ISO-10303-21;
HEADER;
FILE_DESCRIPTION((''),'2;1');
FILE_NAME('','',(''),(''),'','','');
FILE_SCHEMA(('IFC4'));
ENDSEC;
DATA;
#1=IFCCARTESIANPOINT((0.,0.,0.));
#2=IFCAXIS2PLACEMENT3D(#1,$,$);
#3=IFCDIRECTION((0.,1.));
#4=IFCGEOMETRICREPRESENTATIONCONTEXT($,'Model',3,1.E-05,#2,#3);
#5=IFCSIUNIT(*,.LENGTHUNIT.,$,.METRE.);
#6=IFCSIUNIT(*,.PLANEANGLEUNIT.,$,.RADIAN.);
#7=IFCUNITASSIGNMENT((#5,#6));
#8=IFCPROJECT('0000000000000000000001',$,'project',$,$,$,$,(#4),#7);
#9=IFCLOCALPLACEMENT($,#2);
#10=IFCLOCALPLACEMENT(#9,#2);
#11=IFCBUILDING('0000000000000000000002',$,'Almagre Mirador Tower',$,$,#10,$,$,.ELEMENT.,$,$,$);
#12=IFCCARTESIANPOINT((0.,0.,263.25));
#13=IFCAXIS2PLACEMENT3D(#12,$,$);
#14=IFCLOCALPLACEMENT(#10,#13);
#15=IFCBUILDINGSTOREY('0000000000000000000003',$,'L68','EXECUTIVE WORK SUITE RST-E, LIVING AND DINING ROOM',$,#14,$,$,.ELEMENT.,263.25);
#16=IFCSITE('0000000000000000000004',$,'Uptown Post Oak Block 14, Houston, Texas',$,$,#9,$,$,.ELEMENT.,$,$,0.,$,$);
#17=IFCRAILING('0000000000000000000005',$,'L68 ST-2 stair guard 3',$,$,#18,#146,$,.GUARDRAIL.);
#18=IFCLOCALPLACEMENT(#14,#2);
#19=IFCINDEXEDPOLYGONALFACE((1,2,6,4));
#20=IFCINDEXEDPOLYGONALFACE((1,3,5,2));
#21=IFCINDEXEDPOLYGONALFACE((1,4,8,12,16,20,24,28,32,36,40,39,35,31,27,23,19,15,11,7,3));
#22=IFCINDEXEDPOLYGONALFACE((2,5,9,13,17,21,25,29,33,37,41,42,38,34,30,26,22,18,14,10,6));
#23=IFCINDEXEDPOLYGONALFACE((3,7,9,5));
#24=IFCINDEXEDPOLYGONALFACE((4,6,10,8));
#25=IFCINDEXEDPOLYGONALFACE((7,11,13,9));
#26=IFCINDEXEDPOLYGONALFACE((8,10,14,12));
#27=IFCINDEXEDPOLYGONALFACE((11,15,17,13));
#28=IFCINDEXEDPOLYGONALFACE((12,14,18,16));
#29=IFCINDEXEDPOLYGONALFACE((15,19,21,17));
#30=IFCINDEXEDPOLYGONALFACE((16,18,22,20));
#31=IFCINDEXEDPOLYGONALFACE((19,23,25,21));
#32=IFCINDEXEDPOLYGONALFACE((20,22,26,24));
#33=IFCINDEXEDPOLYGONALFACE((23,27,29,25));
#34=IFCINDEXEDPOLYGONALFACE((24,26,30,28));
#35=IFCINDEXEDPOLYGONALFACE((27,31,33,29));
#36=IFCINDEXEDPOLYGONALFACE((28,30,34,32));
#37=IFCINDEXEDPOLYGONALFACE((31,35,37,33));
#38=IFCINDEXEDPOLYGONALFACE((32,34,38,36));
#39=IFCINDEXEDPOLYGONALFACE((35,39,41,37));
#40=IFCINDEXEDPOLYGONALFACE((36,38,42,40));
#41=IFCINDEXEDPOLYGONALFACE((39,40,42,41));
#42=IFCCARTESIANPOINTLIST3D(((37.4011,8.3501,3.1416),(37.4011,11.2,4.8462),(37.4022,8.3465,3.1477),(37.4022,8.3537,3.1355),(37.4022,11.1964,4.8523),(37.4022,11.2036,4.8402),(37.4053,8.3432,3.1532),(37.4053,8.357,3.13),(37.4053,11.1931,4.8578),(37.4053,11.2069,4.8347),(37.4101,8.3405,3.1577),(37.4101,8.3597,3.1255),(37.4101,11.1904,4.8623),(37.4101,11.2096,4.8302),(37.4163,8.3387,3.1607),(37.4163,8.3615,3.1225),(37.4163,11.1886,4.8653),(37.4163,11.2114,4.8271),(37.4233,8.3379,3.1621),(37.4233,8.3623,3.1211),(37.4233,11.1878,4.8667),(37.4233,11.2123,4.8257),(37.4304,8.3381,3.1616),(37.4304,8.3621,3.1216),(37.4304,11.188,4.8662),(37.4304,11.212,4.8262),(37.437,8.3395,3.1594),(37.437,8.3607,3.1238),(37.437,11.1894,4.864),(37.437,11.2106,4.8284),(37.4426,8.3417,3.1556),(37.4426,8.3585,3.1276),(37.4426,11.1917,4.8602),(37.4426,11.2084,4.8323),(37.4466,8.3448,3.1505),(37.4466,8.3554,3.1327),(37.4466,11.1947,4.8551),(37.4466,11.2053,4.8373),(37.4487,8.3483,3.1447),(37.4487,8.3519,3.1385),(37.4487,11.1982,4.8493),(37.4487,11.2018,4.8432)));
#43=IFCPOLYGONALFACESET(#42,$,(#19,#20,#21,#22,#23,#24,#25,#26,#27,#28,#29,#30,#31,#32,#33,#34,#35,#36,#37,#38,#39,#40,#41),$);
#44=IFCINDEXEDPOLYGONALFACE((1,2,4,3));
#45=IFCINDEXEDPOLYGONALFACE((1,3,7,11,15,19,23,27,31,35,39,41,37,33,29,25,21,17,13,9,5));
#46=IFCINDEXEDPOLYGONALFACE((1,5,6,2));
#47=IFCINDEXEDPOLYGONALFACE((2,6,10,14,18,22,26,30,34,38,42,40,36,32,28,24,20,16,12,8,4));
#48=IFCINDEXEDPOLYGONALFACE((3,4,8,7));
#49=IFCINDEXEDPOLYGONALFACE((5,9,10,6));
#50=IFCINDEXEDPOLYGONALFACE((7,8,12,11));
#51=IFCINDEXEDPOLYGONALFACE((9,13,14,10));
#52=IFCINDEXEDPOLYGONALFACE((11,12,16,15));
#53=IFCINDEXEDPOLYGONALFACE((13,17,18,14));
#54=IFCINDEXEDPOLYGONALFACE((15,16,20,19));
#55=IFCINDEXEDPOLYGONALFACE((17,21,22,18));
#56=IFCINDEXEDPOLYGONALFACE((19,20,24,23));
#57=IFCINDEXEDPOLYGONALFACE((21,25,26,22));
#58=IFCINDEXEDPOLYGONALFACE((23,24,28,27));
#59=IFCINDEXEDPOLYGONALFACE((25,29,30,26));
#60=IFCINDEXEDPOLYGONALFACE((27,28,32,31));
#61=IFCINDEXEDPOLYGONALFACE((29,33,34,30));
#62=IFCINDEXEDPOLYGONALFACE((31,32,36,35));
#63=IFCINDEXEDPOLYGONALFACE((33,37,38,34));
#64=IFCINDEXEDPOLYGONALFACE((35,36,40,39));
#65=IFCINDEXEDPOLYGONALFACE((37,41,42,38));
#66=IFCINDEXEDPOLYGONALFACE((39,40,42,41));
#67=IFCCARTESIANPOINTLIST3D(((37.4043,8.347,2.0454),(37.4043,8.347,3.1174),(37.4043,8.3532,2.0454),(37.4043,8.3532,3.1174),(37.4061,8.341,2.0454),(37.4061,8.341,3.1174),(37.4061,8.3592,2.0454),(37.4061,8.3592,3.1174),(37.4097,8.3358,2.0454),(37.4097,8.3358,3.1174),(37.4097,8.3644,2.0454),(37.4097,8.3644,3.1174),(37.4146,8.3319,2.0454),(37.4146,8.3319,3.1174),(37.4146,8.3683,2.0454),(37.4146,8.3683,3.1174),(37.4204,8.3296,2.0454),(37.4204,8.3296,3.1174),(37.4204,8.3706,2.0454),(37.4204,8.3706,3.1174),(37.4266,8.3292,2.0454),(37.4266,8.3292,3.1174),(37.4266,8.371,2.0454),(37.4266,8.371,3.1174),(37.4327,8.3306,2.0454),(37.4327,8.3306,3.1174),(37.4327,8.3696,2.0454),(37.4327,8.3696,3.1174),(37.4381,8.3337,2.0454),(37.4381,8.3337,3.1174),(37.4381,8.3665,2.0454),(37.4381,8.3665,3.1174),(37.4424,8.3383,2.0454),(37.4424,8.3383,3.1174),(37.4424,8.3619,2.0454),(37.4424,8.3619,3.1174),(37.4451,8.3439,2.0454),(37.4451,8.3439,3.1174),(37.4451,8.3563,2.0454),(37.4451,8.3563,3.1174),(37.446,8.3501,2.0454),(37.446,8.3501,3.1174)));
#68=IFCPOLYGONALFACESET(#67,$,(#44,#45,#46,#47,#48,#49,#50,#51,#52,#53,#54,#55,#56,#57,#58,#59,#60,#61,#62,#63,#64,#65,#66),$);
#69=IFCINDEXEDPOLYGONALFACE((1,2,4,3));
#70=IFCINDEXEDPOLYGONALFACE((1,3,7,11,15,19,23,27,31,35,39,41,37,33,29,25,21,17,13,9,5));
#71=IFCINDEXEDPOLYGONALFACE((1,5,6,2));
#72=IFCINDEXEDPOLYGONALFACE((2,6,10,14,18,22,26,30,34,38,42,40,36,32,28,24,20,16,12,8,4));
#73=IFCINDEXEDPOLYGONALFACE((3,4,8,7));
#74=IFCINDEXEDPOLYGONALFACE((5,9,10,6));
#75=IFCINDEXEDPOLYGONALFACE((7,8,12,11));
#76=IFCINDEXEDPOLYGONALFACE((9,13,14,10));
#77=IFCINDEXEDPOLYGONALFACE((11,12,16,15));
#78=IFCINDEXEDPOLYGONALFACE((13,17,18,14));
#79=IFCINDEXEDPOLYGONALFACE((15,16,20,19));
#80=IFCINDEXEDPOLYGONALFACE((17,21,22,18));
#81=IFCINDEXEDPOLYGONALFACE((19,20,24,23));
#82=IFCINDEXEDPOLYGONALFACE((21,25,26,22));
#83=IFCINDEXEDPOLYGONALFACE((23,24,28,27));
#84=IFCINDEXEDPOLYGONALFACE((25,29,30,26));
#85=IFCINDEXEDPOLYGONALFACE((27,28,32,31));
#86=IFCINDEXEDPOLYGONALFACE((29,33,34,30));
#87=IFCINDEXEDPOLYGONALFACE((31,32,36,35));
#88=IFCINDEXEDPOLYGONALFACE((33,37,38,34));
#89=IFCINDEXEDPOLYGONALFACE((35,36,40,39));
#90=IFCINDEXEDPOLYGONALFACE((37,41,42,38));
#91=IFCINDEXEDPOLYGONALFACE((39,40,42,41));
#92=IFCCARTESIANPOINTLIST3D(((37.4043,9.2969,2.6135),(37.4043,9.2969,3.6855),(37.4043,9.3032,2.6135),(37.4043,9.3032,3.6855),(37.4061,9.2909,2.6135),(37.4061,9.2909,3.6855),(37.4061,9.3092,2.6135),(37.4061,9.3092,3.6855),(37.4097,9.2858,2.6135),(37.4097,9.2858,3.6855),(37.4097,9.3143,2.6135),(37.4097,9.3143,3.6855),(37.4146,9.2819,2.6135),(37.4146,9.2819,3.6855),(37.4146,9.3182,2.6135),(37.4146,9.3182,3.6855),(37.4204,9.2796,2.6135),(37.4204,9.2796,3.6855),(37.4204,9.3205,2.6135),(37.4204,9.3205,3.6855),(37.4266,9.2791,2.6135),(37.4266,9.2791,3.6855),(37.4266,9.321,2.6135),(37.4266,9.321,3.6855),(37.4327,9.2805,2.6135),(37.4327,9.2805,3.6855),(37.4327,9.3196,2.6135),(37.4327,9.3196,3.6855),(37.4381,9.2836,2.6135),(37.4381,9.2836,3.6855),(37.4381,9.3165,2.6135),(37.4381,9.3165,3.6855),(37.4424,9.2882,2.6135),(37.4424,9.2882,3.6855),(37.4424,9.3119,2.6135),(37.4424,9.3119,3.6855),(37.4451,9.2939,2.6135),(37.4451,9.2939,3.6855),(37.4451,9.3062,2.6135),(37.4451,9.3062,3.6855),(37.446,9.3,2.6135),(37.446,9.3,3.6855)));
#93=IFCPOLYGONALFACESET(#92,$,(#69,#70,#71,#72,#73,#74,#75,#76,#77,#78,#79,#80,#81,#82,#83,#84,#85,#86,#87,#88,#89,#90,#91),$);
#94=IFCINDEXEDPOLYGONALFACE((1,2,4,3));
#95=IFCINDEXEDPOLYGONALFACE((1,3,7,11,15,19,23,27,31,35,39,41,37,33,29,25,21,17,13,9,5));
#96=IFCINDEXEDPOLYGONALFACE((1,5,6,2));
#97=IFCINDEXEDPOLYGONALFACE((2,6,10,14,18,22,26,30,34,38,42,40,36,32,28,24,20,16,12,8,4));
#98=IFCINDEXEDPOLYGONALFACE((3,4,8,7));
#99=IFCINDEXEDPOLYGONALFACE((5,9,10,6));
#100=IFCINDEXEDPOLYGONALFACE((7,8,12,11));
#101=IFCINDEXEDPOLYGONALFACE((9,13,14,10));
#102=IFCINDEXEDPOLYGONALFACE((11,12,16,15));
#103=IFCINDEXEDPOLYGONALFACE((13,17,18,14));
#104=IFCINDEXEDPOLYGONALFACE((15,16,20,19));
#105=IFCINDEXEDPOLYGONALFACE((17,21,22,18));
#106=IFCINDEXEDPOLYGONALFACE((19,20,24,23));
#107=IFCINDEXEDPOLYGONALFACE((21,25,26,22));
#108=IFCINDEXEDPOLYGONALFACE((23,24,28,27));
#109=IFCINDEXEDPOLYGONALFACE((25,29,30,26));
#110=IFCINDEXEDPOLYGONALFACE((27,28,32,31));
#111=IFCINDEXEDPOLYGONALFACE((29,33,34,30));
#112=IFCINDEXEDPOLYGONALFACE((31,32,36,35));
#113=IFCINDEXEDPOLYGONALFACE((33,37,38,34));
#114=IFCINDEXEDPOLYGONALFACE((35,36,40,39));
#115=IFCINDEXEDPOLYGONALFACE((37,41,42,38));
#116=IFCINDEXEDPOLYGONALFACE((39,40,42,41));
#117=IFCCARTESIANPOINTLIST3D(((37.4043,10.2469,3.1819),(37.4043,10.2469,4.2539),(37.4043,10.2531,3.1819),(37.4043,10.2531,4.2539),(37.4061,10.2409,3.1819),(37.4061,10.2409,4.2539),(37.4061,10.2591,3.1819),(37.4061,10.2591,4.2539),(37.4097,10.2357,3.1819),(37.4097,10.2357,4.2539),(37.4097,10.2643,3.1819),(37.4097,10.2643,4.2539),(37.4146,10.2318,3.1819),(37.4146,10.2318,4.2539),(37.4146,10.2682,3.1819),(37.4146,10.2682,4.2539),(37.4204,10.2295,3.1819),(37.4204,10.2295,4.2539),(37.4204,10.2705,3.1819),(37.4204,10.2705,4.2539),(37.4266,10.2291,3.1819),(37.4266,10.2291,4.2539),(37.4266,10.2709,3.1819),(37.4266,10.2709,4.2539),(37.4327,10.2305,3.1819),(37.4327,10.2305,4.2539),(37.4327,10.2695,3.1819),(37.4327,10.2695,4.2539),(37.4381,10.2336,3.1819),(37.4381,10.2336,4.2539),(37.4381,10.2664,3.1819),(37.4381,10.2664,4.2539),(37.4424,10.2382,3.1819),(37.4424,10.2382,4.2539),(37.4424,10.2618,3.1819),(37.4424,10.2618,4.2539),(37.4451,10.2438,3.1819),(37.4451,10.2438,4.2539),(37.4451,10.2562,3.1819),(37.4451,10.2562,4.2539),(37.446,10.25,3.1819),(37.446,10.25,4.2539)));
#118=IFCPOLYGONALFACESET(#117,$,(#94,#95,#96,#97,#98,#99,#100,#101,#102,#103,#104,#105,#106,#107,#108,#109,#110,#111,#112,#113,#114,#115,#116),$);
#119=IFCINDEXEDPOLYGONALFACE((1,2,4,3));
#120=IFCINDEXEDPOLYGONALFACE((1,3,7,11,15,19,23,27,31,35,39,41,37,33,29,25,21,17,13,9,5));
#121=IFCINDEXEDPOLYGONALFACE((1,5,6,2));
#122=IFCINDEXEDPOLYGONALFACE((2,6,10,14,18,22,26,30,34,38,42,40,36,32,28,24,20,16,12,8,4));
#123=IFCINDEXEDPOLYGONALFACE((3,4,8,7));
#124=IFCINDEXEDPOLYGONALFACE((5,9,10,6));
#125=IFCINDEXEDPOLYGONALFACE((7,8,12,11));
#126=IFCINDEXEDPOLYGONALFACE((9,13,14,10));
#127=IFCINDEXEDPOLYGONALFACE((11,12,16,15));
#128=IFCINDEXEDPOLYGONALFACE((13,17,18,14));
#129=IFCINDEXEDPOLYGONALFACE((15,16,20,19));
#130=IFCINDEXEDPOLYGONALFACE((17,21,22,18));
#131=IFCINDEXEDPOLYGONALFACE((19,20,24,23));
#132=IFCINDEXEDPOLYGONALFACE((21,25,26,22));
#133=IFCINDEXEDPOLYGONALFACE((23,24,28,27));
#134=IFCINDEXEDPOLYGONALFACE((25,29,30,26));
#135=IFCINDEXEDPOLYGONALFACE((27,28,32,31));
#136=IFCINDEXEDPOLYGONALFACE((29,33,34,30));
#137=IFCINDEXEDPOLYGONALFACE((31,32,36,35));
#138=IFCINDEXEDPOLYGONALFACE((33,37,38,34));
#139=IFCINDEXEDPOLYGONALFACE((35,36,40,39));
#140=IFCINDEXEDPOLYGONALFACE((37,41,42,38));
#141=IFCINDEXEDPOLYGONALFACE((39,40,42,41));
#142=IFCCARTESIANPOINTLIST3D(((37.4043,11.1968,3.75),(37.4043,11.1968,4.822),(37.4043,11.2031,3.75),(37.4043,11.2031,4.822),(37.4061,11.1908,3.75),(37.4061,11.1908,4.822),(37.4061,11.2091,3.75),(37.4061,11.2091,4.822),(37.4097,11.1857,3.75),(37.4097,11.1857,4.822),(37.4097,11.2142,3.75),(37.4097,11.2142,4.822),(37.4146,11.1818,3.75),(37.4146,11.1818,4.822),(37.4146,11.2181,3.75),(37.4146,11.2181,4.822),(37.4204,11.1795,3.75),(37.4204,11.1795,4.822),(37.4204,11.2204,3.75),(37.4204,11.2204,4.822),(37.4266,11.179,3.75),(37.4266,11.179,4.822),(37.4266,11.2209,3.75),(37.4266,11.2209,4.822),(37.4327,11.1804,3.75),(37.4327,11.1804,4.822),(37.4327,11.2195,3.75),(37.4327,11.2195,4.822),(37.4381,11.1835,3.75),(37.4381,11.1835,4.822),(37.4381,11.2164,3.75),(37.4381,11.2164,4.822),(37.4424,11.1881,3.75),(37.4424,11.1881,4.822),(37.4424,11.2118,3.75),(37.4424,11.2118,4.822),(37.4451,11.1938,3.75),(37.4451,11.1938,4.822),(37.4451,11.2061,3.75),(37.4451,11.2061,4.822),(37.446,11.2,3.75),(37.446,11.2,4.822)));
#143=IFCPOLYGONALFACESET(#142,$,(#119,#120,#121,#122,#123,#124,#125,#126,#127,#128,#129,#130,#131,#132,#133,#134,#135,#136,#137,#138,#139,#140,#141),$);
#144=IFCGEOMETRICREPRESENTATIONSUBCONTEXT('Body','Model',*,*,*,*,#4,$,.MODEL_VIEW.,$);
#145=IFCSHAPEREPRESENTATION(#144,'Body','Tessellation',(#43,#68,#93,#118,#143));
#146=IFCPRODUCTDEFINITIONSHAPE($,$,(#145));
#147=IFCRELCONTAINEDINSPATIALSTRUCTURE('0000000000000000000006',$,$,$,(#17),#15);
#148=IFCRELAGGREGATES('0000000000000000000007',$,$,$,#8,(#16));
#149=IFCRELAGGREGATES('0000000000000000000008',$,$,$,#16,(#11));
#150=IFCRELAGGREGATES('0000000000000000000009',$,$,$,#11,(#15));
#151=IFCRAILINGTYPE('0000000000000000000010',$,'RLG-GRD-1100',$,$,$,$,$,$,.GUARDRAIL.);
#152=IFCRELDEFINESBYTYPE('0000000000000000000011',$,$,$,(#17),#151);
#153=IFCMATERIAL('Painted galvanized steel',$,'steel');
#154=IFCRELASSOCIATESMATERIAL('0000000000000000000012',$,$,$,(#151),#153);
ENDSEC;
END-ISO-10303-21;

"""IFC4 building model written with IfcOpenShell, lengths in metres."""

from ifc_helpers import new_model, si_unit, direction, frame, origin, origin_2d, place, context, subcontext, project, spatial, circle, extrude, material, type_object, element, save


model = new_model("IFC4")

# Units and contexts
model_context = context("Model", 3, precision=1e-05, world=origin(), true_north=direction((0.0, 1.0)))
body_context = subcontext(model_context, "Body", "Model", "MODEL_VIEW")
ifc_project = project(units=[si_unit("LENGTHUNIT", "METRE"), si_unit("PLANEANGLEUNIT", "RADIAN")], contexts=[model_context])

# Site, building, storey
site_placement = place(None, origin())
site = spatial("IfcSite", under=ifc_project, at=site_placement, Name="Uptown Post Oak Block 14, Houston, Texas", CompositionType="ELEMENT", RefElevation=0.0)
building_placement = place(site_placement, origin())
building = spatial("IfcBuilding", under=site, at=building_placement, Name="Almagre Mirador Tower", CompositionType="ELEMENT")
storey_placement = place(building_placement, frame((0.0, 0.0, 263.25)))
storey = spatial("IfcBuildingStorey", under=building, at=storey_placement, Name="L68", Description="EXECUTIVE WORK SUITE RST-E, LIVING AND DINING ROOM", CompositionType="ELEMENT", Elevation=263.25)

# Railing
ifc_material_1 = material(Name="Painted galvanized steel", Category="steel")
railing_type_1 = type_object("IfcRailingType", Name="RLG-GRD-1100", PredefinedType="GUARDRAIL", material=ifc_material_1)
railing_1_placement = place(storey_placement, frame((37.425, 8.3501, 2.0454)))
element("IfcRailing", 1, at=railing_1_placement, inside=storey, type_object=railing_type_1, Name="L68 ST-2 stair guard 3", PredefinedType="GUARDRAIL", context=body_context, shape_type="SweptSolid", body=[
    extrude(circle(Radius=0.0239, at=origin_2d()), frame((0.0, 0.0, 1.0962), z_axis=(0.0, 0.858199, 0.513317), x_axis=(-1.0, 0.0, 0.0)), (0.0, 0.0, 1.0), 3.3208),
    extrude(circle(Radius=0.021, at=origin_2d()), origin(), (0.0, 0.0, 1.0), 1.072),
    extrude(circle(Radius=0.021, at=origin_2d()), frame((0.0, 0.95, 0.5681)), (0.0, 0.0, 1.0), 1.072),
    extrude(circle(Radius=0.021, at=origin_2d()), frame((0.0, 1.8999, 1.1365)), (0.0, 0.0, 1.0), 1.072),
    extrude(circle(Radius=0.021, at=origin_2d()), frame((0.0, 2.8499, 1.7046)), (0.0, 0.0, 1.0), 1.072),
])

save(model, "model.ifc")
